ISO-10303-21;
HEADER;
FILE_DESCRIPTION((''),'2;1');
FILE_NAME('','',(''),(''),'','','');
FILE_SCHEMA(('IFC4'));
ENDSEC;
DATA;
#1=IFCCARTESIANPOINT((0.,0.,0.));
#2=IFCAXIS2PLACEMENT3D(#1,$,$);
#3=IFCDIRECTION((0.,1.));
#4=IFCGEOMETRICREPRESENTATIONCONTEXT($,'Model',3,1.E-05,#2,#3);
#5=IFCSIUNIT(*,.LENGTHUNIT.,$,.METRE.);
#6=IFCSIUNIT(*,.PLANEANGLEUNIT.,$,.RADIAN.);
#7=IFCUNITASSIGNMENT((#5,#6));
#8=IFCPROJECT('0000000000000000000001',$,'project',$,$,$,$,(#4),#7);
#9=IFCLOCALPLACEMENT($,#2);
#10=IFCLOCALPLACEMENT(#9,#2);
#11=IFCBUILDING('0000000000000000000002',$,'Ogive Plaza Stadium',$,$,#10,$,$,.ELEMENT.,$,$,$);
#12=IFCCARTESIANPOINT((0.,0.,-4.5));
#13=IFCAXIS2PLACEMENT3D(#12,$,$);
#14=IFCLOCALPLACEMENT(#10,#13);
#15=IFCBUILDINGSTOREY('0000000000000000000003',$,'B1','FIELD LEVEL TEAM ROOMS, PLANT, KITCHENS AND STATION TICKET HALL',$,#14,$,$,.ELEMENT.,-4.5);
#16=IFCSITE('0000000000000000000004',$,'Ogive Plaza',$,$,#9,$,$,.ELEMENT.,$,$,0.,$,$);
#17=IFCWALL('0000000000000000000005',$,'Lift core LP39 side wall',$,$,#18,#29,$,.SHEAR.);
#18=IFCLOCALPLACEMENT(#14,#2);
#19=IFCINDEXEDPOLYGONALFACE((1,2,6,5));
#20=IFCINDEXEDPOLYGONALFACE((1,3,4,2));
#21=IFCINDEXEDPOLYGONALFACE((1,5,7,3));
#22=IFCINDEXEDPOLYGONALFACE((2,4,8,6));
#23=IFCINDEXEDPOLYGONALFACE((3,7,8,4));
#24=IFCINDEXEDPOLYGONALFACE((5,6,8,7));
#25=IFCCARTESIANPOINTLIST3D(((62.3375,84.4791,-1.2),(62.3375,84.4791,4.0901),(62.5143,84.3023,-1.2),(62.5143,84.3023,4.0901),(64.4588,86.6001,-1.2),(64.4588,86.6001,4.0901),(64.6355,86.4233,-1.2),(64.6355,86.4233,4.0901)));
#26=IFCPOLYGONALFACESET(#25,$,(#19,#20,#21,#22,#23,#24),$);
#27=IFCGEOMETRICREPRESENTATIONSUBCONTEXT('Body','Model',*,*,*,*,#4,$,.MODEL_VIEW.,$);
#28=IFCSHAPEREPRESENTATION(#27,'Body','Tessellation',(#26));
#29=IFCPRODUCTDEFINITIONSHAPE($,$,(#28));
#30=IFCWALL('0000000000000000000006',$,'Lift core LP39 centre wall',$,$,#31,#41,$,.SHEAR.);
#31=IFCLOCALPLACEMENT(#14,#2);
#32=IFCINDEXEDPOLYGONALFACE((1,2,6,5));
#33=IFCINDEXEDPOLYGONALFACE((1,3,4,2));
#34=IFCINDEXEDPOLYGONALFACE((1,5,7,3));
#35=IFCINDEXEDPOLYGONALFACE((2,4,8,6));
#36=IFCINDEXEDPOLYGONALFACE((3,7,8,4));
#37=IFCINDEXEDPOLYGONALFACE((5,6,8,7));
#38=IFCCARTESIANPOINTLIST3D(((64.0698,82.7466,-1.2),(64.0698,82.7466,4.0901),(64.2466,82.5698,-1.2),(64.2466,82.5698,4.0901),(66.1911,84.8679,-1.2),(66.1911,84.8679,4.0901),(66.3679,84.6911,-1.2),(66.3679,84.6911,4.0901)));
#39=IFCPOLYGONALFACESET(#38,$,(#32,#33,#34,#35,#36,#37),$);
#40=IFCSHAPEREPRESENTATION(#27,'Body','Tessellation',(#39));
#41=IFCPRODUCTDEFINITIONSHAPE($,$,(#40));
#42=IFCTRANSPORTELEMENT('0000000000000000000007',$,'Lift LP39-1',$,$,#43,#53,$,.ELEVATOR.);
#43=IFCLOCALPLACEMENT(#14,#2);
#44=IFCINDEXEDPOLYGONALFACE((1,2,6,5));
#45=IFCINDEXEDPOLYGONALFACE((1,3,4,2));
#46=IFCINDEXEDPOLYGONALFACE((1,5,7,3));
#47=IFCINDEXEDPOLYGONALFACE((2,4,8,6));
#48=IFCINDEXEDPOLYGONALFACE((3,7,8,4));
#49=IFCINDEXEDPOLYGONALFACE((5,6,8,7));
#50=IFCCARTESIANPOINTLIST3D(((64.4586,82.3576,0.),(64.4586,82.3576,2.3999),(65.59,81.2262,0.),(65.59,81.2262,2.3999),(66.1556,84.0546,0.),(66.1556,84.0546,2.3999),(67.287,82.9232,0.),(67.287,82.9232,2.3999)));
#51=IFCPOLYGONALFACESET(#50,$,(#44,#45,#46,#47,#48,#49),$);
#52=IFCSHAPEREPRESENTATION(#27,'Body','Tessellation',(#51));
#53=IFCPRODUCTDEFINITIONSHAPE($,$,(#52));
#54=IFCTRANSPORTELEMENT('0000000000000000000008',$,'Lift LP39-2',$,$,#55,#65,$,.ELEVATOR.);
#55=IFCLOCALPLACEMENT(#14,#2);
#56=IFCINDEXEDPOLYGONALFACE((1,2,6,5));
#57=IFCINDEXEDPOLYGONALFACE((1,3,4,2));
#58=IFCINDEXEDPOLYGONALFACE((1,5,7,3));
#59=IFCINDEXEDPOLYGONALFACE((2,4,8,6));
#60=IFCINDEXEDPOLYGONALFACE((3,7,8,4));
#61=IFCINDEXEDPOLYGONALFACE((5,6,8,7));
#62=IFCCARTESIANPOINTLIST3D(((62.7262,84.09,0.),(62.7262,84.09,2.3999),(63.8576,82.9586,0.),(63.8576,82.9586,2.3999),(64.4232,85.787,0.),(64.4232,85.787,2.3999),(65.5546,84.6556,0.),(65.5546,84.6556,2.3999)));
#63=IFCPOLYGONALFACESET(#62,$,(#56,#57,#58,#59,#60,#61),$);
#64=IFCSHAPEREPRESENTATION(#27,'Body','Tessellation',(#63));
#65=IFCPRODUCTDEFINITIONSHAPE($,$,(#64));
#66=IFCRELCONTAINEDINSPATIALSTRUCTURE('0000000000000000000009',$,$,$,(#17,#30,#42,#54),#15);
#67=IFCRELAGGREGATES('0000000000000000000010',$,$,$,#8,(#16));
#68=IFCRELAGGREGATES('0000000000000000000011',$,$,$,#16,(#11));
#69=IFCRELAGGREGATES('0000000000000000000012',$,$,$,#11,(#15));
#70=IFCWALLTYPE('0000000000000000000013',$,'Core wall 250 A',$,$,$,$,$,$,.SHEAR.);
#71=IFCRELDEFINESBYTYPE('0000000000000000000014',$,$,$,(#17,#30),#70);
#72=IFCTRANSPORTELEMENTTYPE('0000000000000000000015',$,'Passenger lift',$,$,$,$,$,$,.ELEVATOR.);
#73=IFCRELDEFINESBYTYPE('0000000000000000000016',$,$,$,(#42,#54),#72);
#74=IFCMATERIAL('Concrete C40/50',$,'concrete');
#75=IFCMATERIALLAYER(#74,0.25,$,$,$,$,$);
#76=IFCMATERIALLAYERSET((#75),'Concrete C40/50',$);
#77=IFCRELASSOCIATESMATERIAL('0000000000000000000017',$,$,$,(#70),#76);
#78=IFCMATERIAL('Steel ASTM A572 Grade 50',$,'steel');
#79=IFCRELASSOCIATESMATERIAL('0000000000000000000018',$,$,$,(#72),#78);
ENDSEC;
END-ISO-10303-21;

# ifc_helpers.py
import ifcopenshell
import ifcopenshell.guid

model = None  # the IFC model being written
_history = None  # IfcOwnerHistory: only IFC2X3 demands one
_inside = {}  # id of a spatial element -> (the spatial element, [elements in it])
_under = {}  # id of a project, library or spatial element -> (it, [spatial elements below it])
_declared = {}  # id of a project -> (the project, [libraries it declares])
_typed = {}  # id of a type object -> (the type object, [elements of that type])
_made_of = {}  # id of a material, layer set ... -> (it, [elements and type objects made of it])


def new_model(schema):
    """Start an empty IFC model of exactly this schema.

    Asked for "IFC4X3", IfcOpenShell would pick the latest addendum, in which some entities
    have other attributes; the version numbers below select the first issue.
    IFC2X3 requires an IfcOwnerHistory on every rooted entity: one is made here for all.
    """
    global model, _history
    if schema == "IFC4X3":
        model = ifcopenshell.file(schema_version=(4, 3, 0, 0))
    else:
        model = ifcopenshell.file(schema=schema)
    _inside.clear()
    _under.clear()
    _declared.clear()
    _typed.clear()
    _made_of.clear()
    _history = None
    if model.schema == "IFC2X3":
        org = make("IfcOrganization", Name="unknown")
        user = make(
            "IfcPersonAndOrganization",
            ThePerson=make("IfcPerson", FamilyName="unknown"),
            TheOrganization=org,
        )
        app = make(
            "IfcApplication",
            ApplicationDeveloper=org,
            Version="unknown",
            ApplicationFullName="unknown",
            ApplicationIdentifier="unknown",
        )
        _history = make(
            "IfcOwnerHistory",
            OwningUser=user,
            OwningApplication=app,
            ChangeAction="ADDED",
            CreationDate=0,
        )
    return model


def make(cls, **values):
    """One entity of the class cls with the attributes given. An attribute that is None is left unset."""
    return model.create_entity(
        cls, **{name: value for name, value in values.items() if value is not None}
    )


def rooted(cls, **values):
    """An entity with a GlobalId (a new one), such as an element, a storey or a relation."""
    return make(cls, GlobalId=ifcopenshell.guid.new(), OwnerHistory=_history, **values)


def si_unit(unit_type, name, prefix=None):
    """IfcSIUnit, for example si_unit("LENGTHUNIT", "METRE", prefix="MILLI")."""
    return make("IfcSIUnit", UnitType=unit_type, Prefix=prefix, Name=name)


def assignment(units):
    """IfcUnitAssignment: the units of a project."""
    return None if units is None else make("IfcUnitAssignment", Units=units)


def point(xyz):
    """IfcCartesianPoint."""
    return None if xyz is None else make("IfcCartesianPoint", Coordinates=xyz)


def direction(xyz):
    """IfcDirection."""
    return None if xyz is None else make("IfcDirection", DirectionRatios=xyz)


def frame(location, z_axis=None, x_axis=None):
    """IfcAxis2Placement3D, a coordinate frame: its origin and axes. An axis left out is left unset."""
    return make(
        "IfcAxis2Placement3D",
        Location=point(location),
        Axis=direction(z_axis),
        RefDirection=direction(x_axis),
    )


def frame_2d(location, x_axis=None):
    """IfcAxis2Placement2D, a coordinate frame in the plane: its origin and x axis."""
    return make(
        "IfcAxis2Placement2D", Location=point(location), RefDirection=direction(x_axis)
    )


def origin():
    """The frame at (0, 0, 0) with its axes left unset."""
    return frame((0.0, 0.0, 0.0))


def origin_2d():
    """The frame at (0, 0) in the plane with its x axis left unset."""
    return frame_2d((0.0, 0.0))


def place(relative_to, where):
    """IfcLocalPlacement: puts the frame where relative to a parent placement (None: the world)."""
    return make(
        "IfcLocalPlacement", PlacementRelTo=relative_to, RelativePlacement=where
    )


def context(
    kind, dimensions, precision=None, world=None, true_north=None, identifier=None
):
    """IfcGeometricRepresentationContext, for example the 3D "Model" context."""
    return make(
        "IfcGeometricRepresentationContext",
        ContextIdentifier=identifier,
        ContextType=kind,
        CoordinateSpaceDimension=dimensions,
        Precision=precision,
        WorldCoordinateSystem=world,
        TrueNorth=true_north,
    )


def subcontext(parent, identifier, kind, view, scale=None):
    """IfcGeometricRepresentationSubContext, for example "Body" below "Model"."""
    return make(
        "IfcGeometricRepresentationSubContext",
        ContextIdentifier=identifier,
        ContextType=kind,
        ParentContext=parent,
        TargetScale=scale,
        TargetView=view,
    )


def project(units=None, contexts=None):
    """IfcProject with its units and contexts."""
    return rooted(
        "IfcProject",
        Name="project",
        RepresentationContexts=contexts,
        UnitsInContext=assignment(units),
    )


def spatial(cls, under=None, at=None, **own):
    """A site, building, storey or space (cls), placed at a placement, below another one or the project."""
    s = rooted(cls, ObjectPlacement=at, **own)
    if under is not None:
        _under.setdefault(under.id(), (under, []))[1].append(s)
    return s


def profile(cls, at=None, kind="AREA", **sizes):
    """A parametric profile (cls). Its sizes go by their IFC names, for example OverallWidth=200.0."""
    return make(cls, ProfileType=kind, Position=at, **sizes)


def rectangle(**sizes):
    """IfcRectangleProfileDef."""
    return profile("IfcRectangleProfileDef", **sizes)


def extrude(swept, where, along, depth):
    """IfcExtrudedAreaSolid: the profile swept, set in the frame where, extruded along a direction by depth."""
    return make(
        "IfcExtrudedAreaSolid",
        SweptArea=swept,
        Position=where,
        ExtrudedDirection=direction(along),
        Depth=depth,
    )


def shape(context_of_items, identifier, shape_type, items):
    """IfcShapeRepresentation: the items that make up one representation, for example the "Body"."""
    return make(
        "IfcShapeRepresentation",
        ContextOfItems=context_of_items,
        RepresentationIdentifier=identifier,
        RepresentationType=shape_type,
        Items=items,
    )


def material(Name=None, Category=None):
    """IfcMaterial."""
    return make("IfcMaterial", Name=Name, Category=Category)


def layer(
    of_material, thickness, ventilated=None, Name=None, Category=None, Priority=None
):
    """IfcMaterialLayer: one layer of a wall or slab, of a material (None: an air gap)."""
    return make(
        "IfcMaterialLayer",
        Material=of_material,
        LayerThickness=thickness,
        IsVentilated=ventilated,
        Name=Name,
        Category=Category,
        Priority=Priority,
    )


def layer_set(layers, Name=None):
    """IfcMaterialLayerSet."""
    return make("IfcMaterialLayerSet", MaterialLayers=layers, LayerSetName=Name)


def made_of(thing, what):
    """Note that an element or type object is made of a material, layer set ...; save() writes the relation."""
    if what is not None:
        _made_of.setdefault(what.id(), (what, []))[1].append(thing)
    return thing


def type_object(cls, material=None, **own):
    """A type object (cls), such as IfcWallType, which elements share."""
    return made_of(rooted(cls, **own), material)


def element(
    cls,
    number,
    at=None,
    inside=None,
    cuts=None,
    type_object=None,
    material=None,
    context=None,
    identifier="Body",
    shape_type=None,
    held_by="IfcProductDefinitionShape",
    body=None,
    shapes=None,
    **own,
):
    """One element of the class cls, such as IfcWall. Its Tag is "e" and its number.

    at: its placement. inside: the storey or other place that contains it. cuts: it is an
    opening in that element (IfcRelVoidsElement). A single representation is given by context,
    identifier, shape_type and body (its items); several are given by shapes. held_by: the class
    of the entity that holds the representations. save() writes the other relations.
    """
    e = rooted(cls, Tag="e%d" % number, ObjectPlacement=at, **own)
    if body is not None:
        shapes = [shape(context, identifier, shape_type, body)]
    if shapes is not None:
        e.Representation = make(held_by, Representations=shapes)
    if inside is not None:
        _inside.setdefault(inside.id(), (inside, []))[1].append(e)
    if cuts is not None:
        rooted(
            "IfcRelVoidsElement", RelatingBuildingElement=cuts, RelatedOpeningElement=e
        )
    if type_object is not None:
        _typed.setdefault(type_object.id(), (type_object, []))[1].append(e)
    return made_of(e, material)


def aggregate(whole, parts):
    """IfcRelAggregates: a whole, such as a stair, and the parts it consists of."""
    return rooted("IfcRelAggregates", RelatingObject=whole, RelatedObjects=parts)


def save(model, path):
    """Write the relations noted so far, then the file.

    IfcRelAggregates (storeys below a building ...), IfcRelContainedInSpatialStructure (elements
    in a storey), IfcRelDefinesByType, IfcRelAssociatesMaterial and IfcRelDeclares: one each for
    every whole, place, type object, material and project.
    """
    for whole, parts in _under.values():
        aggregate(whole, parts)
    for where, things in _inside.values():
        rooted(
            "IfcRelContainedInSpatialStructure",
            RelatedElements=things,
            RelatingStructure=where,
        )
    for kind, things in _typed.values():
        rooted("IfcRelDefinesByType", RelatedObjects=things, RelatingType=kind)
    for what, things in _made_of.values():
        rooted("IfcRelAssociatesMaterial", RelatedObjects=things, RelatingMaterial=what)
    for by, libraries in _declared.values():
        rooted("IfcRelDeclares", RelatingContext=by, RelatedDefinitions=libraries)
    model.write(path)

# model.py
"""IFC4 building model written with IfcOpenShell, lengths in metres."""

from ifc_helpers import new_model, si_unit, direction, frame, frame_2d, origin, origin_2d, place, context, subcontext, project, spatial, rectangle, extrude, material, layer, layer_set, type_object, element, save


model = new_model("IFC4")

# Units and contexts
model_context = context("Model", 3, precision=1e-05, world=origin(), true_north=direction((0.0, 1.0)))
body_context = subcontext(model_context, "Body", "Model", "MODEL_VIEW")
ifc_project = project(units=[si_unit("LENGTHUNIT", "METRE"), si_unit("PLANEANGLEUNIT", "RADIAN")], contexts=[model_context])

# Site, building, storey
site_placement = place(None, origin())
site = spatial("IfcSite", under=ifc_project, at=site_placement, Name="Ogive Plaza", CompositionType="ELEMENT", RefElevation=0.0)
building_placement = place(site_placement, origin())
building = spatial("IfcBuilding", under=site, at=building_placement, Name="Ogive Plaza Stadium", CompositionType="ELEMENT")
storey_placement = place(building_placement, frame((0.0, 0.0, -4.5)))
storey = spatial("IfcBuildingStorey", under=building, at=storey_placement, Name="B1", Description="FIELD LEVEL TEAM ROOMS, PLANT, KITCHENS AND STATION TICKET HALL", CompositionType="ELEMENT", Elevation=-4.5)

# Walls
ifc_material_1 = material(Name="Concrete C40/50", Category="concrete")
ifc_layer_1 = layer(ifc_material_1, 0.25)
ifc_layer_set_1 = layer_set([ifc_layer_1], Name="Concrete C40/50")
wall_type_1 = type_object("IfcWallType", Name="Core wall 250 A", PredefinedType="SHEAR", material=ifc_layer_set_1)
wall_1_placement = place(storey_placement, frame((62.4258, 84.3906, -1.2), z_axis=(0.0, 0.0, 1.0), x_axis=(0.707147, 0.707066, 0.0)))
element("IfcWall", 1, at=wall_1_placement, inside=storey, type_object=wall_type_1, Name="Lift core LP39 side wall", PredefinedType="SHEAR", context=body_context, shape_type="SweptSolid", body=[
    extrude(rectangle(XDim=2.9998, YDim=0.25, at=frame_2d((1.5, 0.0))), origin(), (0.0, 0.0, 1.0), 5.29),
])
wall_2_placement = place(storey_placement, frame((64.1582, 82.6582, -1.2), z_axis=(0.0, 0.0, 1.0), x_axis=(0.707107, 0.707107, 0.0)))
element("IfcWall", 2, at=wall_2_placement, inside=storey, type_object=wall_type_1, Name="Lift core LP39 centre wall", PredefinedType="SHEAR", context=body_context, shape_type="SweptSolid", body=[
    extrude(rectangle(XDim=3.0, YDim=0.25, at=frame_2d((1.5, 0.0))), origin(), (0.0, 0.0, 1.0), 5.29),
])

# Transport elements
ifc_material_2 = material(Name="Steel ASTM A572 Grade 50", Category="steel")
transport_element_type = type_object("IfcTransportElementType", Name="Passenger lift", PredefinedType="ELEVATOR", material=ifc_material_2)
for number, where, z_axis, x_axis, name in (
    (3, (65.8728, 82.6404, 0.0), (0.0, 0.0, 1.0), (0.707107, 0.707107, 0.0), "Lift LP39-1"),
    (4, (64.1404, 84.3728, 0.0), (0.0, 0.0, 1.0), (0.707107, 0.707107, 0.0), "Lift LP39-2"),
):
    element("IfcTransportElement", number, at=place(storey_placement, frame(where, z_axis=z_axis, x_axis=x_axis)), inside=storey, type_object=transport_element_type, Name=name, PredefinedType="ELEVATOR", context=body_context, shape_type="SweptSolid", body=[
        extrude(rectangle(XDim=2.3999, YDim=1.6001, at=origin_2d()), origin(), (0.0, 0.0, 1.0), 2.3999),
    ])

save(model, "model.ifc")
